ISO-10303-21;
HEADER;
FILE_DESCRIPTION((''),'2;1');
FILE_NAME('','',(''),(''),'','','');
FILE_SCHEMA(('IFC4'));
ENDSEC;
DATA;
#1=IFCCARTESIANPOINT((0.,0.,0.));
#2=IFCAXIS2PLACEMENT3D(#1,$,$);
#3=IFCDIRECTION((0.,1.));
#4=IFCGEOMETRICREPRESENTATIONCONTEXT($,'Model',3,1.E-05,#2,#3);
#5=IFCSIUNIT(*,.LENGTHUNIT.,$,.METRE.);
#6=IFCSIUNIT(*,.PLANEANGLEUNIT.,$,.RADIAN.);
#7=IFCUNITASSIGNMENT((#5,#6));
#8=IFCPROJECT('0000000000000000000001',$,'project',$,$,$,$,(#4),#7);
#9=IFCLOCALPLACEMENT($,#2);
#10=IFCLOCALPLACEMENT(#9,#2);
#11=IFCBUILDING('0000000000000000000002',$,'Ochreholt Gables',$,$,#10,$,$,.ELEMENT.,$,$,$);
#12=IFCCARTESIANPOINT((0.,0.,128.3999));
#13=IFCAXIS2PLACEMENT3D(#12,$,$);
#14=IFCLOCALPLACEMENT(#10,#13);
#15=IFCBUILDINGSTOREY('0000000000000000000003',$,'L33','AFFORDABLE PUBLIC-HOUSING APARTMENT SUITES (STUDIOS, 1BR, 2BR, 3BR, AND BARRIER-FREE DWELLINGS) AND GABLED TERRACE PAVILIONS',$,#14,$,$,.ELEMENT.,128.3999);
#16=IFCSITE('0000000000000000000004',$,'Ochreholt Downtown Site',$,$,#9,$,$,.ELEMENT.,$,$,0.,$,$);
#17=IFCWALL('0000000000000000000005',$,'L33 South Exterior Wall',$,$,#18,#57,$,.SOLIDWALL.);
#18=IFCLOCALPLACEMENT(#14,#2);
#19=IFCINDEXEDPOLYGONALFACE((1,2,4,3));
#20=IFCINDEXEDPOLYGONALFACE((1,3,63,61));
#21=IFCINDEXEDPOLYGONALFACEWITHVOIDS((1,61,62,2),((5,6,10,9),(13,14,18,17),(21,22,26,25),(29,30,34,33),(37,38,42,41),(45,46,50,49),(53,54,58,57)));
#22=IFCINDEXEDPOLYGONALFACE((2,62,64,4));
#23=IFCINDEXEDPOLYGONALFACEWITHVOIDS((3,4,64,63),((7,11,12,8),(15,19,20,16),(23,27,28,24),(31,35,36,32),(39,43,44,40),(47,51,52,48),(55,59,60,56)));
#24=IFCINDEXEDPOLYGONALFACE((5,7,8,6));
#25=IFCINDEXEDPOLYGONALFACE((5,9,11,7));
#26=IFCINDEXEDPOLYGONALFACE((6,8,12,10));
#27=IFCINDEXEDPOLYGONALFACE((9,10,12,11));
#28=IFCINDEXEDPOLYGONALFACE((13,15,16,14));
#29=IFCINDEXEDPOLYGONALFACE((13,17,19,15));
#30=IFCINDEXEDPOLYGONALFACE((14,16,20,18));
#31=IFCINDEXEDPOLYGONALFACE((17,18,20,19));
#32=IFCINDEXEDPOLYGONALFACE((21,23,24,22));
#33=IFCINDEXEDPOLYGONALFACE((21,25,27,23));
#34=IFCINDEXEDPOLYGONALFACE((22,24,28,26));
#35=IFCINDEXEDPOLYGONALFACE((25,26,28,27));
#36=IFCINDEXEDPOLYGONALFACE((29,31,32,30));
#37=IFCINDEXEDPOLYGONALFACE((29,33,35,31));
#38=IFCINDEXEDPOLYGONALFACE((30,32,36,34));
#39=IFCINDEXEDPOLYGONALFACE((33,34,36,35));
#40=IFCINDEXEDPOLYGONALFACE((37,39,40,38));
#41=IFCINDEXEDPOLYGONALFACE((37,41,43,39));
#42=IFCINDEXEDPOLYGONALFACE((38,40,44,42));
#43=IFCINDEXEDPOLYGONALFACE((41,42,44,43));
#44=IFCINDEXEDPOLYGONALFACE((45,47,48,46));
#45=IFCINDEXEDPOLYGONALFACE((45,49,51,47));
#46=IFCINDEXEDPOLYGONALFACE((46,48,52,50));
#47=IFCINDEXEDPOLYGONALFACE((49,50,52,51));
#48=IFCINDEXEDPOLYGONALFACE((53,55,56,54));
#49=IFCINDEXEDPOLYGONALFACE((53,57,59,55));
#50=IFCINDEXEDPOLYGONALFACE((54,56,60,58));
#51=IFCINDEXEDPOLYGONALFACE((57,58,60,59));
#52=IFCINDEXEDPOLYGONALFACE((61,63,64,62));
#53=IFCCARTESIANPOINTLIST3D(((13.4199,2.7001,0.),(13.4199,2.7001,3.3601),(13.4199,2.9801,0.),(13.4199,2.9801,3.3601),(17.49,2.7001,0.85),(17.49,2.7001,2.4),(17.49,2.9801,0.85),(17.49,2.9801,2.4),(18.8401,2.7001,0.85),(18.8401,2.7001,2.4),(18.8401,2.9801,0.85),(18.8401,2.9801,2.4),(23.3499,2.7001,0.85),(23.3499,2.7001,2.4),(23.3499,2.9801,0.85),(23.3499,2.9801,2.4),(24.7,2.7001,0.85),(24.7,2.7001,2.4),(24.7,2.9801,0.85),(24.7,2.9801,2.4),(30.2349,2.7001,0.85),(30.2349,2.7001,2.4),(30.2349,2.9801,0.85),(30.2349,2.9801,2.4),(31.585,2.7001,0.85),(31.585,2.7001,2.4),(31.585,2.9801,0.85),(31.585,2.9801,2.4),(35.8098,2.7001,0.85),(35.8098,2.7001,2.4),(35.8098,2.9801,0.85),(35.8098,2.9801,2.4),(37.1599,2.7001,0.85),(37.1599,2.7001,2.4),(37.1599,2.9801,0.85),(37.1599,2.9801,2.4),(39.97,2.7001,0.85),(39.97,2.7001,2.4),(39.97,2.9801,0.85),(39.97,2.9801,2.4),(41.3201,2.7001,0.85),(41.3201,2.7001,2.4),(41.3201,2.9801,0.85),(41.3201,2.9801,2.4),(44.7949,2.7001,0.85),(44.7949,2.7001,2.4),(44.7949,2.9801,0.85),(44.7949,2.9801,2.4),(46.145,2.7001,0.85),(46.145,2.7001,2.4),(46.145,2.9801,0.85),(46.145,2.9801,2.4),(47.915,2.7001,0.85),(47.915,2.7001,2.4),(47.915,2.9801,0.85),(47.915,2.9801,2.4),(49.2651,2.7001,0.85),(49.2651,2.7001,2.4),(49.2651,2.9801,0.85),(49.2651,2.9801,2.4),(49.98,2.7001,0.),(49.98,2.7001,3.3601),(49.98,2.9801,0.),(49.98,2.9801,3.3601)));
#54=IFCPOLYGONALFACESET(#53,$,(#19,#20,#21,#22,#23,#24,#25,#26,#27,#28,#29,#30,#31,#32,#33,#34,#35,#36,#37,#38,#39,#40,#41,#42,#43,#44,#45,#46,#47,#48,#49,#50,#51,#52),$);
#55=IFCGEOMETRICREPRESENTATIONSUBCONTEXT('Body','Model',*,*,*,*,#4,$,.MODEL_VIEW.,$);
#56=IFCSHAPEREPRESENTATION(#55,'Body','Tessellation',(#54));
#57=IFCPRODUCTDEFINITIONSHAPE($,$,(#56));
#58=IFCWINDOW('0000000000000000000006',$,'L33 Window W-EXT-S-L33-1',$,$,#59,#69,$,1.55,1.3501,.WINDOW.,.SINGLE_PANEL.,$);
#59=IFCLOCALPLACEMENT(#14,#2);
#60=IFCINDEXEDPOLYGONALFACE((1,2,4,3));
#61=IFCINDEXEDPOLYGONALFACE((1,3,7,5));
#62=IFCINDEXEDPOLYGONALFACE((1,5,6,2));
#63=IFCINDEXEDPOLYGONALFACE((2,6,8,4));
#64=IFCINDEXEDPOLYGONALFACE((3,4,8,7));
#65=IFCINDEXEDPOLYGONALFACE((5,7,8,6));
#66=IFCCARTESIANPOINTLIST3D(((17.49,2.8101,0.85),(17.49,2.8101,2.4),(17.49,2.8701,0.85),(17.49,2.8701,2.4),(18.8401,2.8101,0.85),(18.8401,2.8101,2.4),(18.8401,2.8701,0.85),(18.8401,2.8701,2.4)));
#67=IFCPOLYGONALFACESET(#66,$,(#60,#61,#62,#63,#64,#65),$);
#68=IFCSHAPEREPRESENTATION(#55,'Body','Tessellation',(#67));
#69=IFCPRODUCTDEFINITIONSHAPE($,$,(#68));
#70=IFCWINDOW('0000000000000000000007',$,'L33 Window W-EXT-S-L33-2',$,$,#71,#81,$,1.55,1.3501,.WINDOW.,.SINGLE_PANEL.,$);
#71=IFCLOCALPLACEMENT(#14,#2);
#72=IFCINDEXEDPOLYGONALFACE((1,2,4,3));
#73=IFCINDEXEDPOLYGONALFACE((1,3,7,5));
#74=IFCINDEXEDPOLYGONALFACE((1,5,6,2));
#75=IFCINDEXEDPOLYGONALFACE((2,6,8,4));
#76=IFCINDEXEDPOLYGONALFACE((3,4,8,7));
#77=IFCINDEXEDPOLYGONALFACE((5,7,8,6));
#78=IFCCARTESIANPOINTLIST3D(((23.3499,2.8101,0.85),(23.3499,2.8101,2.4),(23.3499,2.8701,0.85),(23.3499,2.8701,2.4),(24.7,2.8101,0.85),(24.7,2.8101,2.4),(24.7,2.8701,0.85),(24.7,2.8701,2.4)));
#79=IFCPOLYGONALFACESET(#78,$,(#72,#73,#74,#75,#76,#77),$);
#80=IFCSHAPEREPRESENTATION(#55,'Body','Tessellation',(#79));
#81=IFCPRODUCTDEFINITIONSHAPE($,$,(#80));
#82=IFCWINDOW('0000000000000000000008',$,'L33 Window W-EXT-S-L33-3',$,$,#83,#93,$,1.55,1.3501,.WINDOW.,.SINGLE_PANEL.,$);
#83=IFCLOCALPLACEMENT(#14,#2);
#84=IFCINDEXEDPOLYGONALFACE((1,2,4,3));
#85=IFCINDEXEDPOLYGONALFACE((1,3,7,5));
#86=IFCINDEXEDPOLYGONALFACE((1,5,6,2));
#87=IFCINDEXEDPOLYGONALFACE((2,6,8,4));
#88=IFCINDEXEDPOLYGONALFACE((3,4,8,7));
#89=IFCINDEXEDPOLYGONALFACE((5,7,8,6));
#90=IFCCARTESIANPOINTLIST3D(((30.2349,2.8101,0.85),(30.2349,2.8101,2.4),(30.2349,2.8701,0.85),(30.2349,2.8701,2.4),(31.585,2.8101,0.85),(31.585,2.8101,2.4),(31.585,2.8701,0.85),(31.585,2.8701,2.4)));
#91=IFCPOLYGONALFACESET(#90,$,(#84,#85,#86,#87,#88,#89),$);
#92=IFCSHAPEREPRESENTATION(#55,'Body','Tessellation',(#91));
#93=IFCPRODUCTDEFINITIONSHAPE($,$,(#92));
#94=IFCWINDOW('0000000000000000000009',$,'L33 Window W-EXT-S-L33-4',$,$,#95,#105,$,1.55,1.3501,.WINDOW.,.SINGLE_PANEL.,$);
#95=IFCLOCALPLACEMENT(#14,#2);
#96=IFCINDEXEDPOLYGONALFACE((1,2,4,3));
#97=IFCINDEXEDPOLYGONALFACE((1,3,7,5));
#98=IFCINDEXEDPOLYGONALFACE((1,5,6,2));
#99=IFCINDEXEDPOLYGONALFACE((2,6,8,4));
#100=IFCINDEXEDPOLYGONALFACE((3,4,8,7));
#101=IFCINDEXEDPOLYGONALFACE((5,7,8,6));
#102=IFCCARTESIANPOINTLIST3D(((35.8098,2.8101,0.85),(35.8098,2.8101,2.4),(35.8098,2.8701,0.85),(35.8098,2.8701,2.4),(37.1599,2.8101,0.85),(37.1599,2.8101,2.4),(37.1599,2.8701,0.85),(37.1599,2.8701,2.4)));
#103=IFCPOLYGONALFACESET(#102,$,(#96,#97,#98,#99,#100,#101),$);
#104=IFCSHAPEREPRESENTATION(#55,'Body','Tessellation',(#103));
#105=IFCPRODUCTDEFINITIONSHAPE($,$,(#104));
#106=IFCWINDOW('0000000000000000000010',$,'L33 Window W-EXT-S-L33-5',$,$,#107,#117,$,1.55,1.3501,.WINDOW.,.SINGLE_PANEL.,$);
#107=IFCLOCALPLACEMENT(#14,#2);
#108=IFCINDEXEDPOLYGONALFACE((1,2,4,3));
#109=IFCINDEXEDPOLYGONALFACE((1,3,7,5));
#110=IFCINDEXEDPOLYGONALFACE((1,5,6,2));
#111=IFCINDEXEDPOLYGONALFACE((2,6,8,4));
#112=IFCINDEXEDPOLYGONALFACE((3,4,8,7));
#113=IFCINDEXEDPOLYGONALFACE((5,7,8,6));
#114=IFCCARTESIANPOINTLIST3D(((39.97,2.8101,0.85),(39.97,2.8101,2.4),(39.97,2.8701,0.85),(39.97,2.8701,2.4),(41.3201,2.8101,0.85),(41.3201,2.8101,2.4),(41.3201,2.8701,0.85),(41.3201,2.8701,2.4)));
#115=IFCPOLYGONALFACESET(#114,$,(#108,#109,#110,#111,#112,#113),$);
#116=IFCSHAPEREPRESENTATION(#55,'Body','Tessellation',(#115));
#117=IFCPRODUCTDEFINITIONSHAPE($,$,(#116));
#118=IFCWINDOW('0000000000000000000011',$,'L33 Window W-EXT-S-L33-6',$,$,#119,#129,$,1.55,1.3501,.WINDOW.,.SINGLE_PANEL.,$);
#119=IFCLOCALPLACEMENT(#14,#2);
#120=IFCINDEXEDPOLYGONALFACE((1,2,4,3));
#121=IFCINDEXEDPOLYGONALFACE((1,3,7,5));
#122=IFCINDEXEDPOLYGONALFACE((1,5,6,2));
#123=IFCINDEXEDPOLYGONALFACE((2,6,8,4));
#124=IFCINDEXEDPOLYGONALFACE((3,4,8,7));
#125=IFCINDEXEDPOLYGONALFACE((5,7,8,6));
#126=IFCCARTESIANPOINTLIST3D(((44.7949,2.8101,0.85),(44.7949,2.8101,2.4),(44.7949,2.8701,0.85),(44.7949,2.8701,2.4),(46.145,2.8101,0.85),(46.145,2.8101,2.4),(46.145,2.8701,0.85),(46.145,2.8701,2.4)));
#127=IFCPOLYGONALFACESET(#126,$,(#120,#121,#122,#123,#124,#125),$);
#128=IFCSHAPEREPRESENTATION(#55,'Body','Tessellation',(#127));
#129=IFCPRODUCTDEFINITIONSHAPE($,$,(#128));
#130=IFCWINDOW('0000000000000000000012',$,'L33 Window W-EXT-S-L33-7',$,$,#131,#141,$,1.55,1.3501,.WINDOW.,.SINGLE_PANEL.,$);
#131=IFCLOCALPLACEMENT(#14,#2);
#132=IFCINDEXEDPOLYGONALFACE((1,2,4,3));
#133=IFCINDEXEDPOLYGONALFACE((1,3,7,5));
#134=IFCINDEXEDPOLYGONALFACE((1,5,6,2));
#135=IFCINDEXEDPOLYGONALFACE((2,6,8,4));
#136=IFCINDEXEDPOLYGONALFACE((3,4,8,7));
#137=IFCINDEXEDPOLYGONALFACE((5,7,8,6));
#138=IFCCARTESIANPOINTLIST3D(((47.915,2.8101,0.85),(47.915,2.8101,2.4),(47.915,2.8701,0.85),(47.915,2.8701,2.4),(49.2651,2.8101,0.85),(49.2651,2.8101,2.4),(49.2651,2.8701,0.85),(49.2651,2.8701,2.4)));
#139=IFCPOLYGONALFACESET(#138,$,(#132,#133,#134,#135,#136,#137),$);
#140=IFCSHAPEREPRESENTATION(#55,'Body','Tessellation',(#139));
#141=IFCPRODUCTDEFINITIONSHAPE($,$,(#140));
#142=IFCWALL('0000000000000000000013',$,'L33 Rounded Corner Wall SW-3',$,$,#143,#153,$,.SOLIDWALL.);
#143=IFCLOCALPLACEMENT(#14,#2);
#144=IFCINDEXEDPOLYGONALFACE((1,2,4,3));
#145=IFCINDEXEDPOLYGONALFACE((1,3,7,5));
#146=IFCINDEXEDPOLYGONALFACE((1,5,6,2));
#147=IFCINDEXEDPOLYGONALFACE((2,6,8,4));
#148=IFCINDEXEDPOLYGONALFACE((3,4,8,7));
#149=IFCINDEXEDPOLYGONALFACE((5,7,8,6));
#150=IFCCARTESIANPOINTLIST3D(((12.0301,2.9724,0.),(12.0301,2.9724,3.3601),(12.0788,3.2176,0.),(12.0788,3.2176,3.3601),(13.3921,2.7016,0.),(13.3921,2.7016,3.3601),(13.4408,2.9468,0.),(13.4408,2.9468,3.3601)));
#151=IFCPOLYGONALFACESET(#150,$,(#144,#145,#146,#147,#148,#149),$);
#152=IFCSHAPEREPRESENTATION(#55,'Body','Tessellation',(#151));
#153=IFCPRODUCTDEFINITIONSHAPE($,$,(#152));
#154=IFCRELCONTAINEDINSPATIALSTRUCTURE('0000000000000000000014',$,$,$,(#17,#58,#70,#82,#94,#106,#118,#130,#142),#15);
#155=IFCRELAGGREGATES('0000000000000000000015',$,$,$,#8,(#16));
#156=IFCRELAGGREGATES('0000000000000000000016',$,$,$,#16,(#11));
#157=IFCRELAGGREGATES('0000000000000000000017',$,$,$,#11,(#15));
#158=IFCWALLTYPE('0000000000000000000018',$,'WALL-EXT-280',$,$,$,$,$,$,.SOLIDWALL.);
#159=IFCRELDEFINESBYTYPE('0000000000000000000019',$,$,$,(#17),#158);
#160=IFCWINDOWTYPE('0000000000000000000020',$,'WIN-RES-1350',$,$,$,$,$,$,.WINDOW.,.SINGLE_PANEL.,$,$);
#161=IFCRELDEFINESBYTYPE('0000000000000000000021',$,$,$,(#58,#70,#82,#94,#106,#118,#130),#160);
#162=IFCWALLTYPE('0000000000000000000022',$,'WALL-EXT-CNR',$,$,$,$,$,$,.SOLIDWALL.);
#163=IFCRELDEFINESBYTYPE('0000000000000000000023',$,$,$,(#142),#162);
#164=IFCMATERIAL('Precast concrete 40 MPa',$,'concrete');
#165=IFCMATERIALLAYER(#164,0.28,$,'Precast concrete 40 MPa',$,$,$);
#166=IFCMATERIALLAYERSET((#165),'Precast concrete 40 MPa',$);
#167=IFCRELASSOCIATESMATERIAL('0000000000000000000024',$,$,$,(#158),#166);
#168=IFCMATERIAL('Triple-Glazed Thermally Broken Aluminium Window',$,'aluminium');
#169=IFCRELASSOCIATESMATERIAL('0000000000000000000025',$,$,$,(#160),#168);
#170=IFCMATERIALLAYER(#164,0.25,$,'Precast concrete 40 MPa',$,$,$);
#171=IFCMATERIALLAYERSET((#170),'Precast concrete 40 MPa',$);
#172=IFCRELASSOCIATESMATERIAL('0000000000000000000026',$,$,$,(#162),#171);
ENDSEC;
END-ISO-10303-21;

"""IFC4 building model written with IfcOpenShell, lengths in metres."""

from ifc_helpers import new_model, si_unit, direction, frame, frame_2d, origin, place, context, subcontext, project, spatial, rectangle, extrude, material, layer, layer_set, type_object, element, fill, save


model = new_model("IFC4")

# Units and contexts
model_context = context("Model", 3, precision=1e-05, world=origin(), true_north=direction((0.0, 1.0)))
body_context = subcontext(model_context, "Body", "Model", "MODEL_VIEW")
ifc_project = project(units=[si_unit("LENGTHUNIT", "METRE"), si_unit("PLANEANGLEUNIT", "RADIAN")], contexts=[model_context])

# Site, building, storey
site_placement = place(None, origin())
site = spatial("IfcSite", under=ifc_project, at=site_placement, Name="Ochreholt Downtown Site", CompositionType="ELEMENT", RefElevation=0.0)
building_placement = place(site_placement, origin())
building = spatial("IfcBuilding", under=site, at=building_placement, Name="Ochreholt Gables", CompositionType="ELEMENT")
storey_placement = place(building_placement, frame((0.0, 0.0, 128.3999)))
storey = spatial("IfcBuildingStorey", under=building, at=storey_placement, Name="L33", Description="AFFORDABLE PUBLIC-HOUSING APARTMENT SUITES (STUDIOS, 1BR, 2BR, 3BR, AND BARRIER-FREE DWELLINGS) AND GABLED TERRACE PAVILIONS", CompositionType="ELEMENT", Elevation=128.3999)

# Wall, openings, windows
ifc_material_1 = material(Name="Precast concrete 40 MPa", Category="concrete")
ifc_layer_1 = layer(ifc_material_1, 0.28, Name="Precast concrete 40 MPa")
ifc_layer_set_1 = layer_set([ifc_layer_1], Name="Precast concrete 40 MPa")
wall_type_1 = type_object("IfcWallType", Name="WALL-EXT-280", PredefinedType="SOLIDWALL", material=ifc_layer_set_1)
wall_1_placement = place(storey_placement, frame((13.4199, 2.8401, 0.0), z_axis=(0.0, 0.0, 1.0), x_axis=(1.0, 0.0, 0.0)))
wall_1 = element("IfcWall", 1, at=wall_1_placement, inside=storey, type_object=wall_type_1, Name="L33 South Exterior Wall", PredefinedType="SOLIDWALL", context=body_context, shape_type="SweptSolid", body=[
    extrude(rectangle(XDim=36.5601, YDim=0.28, at=frame_2d((18.28, 0.0))), origin(), (0.0, 0.0, 1.0), 3.3601),
])
opening_1_placement = place(wall_1_placement, frame((4.0701, 0.0, 0.8501)))
opening_1 = element("IfcOpeningElement", 2, at=opening_1_placement, cuts=wall_1, PredefinedType="OPENING", context=body_context, shape_type="SweptSolid", body=[
    extrude(rectangle(XDim=1.3501, YDim=1.55, at=frame_2d((0.675, 0.7749))), frame((0.0, 0.1499, 0.0), z_axis=(0.0, -1.0, 0.0), x_axis=(1.0, 0.0, 0.0)), (0.0, 0.0, 1.0), 0.3),
])
opening_2_placement = place(wall_1_placement, frame((9.9299, 0.0, 0.8501)))
opening_2 = element("IfcOpeningElement", 3, at=opening_2_placement, cuts=wall_1, PredefinedType="OPENING", context=body_context, shape_type="SweptSolid", body=[
    extrude(rectangle(XDim=1.3501, YDim=1.55, at=frame_2d((0.675, 0.7749))), frame((0.0, 0.1499, 0.0), z_axis=(0.0, -1.0, 0.0), x_axis=(1.0, 0.0, 0.0)), (0.0, 0.0, 1.0), 0.3),
])
opening_3_placement = place(wall_1_placement, frame((16.8149, 0.0, 0.8501)))
opening_3 = element("IfcOpeningElement", 4, at=opening_3_placement, cuts=wall_1, PredefinedType="OPENING", context=body_context, shape_type="SweptSolid", body=[
    extrude(rectangle(XDim=1.3501, YDim=1.55, at=frame_2d((0.675, 0.7749))), frame((0.0, 0.1499, 0.0), z_axis=(0.0, -1.0, 0.0), x_axis=(1.0, 0.0, 0.0)), (0.0, 0.0, 1.0), 0.3),
])
opening_4_placement = place(wall_1_placement, frame((22.3899, 0.0, 0.8501)))
opening_4 = element("IfcOpeningElement", 5, at=opening_4_placement, cuts=wall_1, PredefinedType="OPENING", context=body_context, shape_type="SweptSolid", body=[
    extrude(rectangle(XDim=1.3501, YDim=1.55, at=frame_2d((0.675, 0.7749))), frame((0.0, 0.1499, 0.0), z_axis=(0.0, -1.0, 0.0), x_axis=(1.0, 0.0, 0.0)), (0.0, 0.0, 1.0), 0.3),
])
opening_5_placement = place(wall_1_placement, frame((26.55, 0.0, 0.8501)))
opening_5 = element("IfcOpeningElement", 6, at=opening_5_placement, cuts=wall_1, PredefinedType="OPENING", context=body_context, shape_type="SweptSolid", body=[
    extrude(rectangle(XDim=1.3501, YDim=1.55, at=frame_2d((0.675, 0.7749))), frame((0.0, 0.1499, 0.0), z_axis=(0.0, -1.0, 0.0), x_axis=(1.0, 0.0, 0.0)), (0.0, 0.0, 1.0), 0.3),
])
opening_6_placement = place(wall_1_placement, frame((31.375, 0.0, 0.8501)))
opening_6 = element("IfcOpeningElement", 7, at=opening_6_placement, cuts=wall_1, PredefinedType="OPENING", context=body_context, shape_type="SweptSolid", body=[
    extrude(rectangle(XDim=1.3501, YDim=1.55, at=frame_2d((0.675, 0.7749))), frame((0.0, 0.1499, 0.0), z_axis=(0.0, -1.0, 0.0), x_axis=(1.0, 0.0, 0.0)), (0.0, 0.0, 1.0), 0.3),
])
opening_7_placement = place(wall_1_placement, frame((34.4951, 0.0, 0.8501)))
opening_7 = element("IfcOpeningElement", 8, at=opening_7_placement, cuts=wall_1, PredefinedType="OPENING", context=body_context, shape_type="SweptSolid", body=[
    extrude(rectangle(XDim=1.3501, YDim=1.55, at=frame_2d((0.675, 0.7749))), frame((0.0, 0.1499, 0.0), z_axis=(0.0, -1.0, 0.0), x_axis=(1.0, 0.0, 0.0)), (0.0, 0.0, 1.0), 0.3),
])
ifc_material_2 = material(Name="Triple-Glazed Thermally Broken Aluminium Window", Category="aluminium")
window_type = type_object("IfcWindowType", Name="WIN-RES-1350", PartitioningType="SINGLE_PANEL", PredefinedType="WINDOW", material=ifc_material_2)
window_1_placement = place(opening_1_placement, origin())
window_1 = element("IfcWindow", 9, at=window_1_placement, inside=storey, type_object=window_type, Name="L33 Window W-EXT-S-L33-1", OverallHeight=1.55, OverallWidth=1.3501, PartitioningType="SINGLE_PANEL", PredefinedType="WINDOW", context=body_context, shape_type="SweptSolid", body=[
    extrude(rectangle(XDim=1.3501, YDim=1.55, at=frame_2d((0.675, 0.7749))), frame((0.0, 0.03, 0.0), z_axis=(0.0, -1.0, 0.0), x_axis=(1.0, 0.0, 0.0)), (0.0, 0.0, 1.0), 0.0601),
])
fill(opening_1, window_1)
window_2_placement = place(opening_2_placement, origin())
window_2 = element("IfcWindow", 10, at=window_2_placement, inside=storey, type_object=window_type, Name="L33 Window W-EXT-S-L33-2", OverallHeight=1.55, OverallWidth=1.3501, PartitioningType="SINGLE_PANEL", PredefinedType="WINDOW", context=body_context, shape_type="SweptSolid", body=[
    extrude(rectangle(XDim=1.3501, YDim=1.55, at=frame_2d((0.675, 0.7749))), frame((0.0, 0.03, 0.0), z_axis=(0.0, -1.0, 0.0), x_axis=(1.0, 0.0, 0.0)), (0.0, 0.0, 1.0), 0.0601),
])
fill(opening_2, window_2)
window_3_placement = place(opening_3_placement, origin())
window_3 = element("IfcWindow", 11, at=window_3_placement, inside=storey, type_object=window_type, Name="L33 Window W-EXT-S-L33-3", OverallHeight=1.55, OverallWidth=1.3501, PartitioningType="SINGLE_PANEL", PredefinedType="WINDOW", context=body_context, shape_type="SweptSolid", body=[
    extrude(rectangle(XDim=1.3501, YDim=1.55, at=frame_2d((0.675, 0.7749))), frame((0.0, 0.03, 0.0), z_axis=(0.0, -1.0, 0.0), x_axis=(1.0, 0.0, 0.0)), (0.0, 0.0, 1.0), 0.0601),
])
fill(opening_3, window_3)
window_4_placement = place(opening_4_placement, origin())
window_4 = element("IfcWindow", 12, at=window_4_placement, inside=storey, type_object=window_type, Name="L33 Window W-EXT-S-L33-4", OverallHeight=1.55, OverallWidth=1.3501, PartitioningType="SINGLE_PANEL", PredefinedType="WINDOW", context=body_context, shape_type="SweptSolid", body=[
    extrude(rectangle(XDim=1.3501, YDim=1.55, at=frame_2d((0.675, 0.7749))), frame((0.0, 0.03, 0.0), z_axis=(0.0, -1.0, 0.0), x_axis=(1.0, 0.0, 0.0)), (0.0, 0.0, 1.0), 0.0601),
])
fill(opening_4, window_4)
window_5_placement = place(opening_5_placement, origin())
window_5 = element("IfcWindow", 13, at=window_5_placement, inside=storey, type_object=window_type, Name="L33 Window W-EXT-S-L33-5", OverallHeight=1.55, OverallWidth=1.3501, PartitioningType="SINGLE_PANEL", PredefinedType="WINDOW", context=body_context, shape_type="SweptSolid", body=[
    extrude(rectangle(XDim=1.3501, YDim=1.55, at=frame_2d((0.675, 0.7749))), frame((0.0, 0.03, 0.0), z_axis=(0.0, -1.0, 0.0), x_axis=(1.0, 0.0, 0.0)), (0.0, 0.0, 1.0), 0.0601),
])
fill(opening_5, window_5)
window_6_placement = place(opening_6_placement, origin())
window_6 = element("IfcWindow", 14, at=window_6_placement, inside=storey, type_object=window_type, Name="L33 Window W-EXT-S-L33-6", OverallHeight=1.55, OverallWidth=1.3501, PartitioningType="SINGLE_PANEL", PredefinedType="WINDOW", context=body_context, shape_type="SweptSolid", body=[
    extrude(rectangle(XDim=1.3501, YDim=1.55, at=frame_2d((0.675, 0.7749))), frame((0.0, 0.03, 0.0), z_axis=(0.0, -1.0, 0.0), x_axis=(1.0, 0.0, 0.0)), (0.0, 0.0, 1.0), 0.0601),
])
fill(opening_6, window_6)
window_7_placement = place(opening_7_placement, origin())
window_7 = element("IfcWindow", 15, at=window_7_placement, inside=storey, type_object=window_type, Name="L33 Window W-EXT-S-L33-7", OverallHeight=1.55, OverallWidth=1.3501, PartitioningType="SINGLE_PANEL", PredefinedType="WINDOW", context=body_context, shape_type="SweptSolid", body=[
    extrude(rectangle(XDim=1.3501, YDim=1.55, at=frame_2d((0.675, 0.7749))), frame((0.0, 0.03, 0.0), z_axis=(0.0, -1.0, 0.0), x_axis=(1.0, 0.0, 0.0)), (0.0, 0.0, 1.0), 0.0601),
])
fill(opening_7, window_7)

# Wall
ifc_layer_2 = layer(ifc_material_1, 0.25, Name="Precast concrete 40 MPa")
ifc_layer_set_2 = layer_set([ifc_layer_2], Name="Precast concrete 40 MPa")
wall_type_2 = type_object("IfcWallType", Name="WALL-EXT-CNR", PredefinedType="SOLIDWALL", material=ifc_layer_set_2)
wall_2_placement = place(storey_placement, frame((12.0544, 3.095, 0.0), z_axis=(0.0, 0.0, 1.0), x_axis=(0.98081, -0.194967, 0.0)))
element("IfcWall", 16, at=wall_2_placement, inside=storey, type_object=wall_type_2, Name="L33 Rounded Corner Wall SW-3", PredefinedType="SOLIDWALL", context=body_context, shape_type="SweptSolid", body=[
    extrude(rectangle(XDim=1.3887, YDim=0.25, at=frame_2d((0.6943, 0.0))), origin(), (0.0, 0.0, 1.0), 3.3601),
])

save(model, "model.ifc")
